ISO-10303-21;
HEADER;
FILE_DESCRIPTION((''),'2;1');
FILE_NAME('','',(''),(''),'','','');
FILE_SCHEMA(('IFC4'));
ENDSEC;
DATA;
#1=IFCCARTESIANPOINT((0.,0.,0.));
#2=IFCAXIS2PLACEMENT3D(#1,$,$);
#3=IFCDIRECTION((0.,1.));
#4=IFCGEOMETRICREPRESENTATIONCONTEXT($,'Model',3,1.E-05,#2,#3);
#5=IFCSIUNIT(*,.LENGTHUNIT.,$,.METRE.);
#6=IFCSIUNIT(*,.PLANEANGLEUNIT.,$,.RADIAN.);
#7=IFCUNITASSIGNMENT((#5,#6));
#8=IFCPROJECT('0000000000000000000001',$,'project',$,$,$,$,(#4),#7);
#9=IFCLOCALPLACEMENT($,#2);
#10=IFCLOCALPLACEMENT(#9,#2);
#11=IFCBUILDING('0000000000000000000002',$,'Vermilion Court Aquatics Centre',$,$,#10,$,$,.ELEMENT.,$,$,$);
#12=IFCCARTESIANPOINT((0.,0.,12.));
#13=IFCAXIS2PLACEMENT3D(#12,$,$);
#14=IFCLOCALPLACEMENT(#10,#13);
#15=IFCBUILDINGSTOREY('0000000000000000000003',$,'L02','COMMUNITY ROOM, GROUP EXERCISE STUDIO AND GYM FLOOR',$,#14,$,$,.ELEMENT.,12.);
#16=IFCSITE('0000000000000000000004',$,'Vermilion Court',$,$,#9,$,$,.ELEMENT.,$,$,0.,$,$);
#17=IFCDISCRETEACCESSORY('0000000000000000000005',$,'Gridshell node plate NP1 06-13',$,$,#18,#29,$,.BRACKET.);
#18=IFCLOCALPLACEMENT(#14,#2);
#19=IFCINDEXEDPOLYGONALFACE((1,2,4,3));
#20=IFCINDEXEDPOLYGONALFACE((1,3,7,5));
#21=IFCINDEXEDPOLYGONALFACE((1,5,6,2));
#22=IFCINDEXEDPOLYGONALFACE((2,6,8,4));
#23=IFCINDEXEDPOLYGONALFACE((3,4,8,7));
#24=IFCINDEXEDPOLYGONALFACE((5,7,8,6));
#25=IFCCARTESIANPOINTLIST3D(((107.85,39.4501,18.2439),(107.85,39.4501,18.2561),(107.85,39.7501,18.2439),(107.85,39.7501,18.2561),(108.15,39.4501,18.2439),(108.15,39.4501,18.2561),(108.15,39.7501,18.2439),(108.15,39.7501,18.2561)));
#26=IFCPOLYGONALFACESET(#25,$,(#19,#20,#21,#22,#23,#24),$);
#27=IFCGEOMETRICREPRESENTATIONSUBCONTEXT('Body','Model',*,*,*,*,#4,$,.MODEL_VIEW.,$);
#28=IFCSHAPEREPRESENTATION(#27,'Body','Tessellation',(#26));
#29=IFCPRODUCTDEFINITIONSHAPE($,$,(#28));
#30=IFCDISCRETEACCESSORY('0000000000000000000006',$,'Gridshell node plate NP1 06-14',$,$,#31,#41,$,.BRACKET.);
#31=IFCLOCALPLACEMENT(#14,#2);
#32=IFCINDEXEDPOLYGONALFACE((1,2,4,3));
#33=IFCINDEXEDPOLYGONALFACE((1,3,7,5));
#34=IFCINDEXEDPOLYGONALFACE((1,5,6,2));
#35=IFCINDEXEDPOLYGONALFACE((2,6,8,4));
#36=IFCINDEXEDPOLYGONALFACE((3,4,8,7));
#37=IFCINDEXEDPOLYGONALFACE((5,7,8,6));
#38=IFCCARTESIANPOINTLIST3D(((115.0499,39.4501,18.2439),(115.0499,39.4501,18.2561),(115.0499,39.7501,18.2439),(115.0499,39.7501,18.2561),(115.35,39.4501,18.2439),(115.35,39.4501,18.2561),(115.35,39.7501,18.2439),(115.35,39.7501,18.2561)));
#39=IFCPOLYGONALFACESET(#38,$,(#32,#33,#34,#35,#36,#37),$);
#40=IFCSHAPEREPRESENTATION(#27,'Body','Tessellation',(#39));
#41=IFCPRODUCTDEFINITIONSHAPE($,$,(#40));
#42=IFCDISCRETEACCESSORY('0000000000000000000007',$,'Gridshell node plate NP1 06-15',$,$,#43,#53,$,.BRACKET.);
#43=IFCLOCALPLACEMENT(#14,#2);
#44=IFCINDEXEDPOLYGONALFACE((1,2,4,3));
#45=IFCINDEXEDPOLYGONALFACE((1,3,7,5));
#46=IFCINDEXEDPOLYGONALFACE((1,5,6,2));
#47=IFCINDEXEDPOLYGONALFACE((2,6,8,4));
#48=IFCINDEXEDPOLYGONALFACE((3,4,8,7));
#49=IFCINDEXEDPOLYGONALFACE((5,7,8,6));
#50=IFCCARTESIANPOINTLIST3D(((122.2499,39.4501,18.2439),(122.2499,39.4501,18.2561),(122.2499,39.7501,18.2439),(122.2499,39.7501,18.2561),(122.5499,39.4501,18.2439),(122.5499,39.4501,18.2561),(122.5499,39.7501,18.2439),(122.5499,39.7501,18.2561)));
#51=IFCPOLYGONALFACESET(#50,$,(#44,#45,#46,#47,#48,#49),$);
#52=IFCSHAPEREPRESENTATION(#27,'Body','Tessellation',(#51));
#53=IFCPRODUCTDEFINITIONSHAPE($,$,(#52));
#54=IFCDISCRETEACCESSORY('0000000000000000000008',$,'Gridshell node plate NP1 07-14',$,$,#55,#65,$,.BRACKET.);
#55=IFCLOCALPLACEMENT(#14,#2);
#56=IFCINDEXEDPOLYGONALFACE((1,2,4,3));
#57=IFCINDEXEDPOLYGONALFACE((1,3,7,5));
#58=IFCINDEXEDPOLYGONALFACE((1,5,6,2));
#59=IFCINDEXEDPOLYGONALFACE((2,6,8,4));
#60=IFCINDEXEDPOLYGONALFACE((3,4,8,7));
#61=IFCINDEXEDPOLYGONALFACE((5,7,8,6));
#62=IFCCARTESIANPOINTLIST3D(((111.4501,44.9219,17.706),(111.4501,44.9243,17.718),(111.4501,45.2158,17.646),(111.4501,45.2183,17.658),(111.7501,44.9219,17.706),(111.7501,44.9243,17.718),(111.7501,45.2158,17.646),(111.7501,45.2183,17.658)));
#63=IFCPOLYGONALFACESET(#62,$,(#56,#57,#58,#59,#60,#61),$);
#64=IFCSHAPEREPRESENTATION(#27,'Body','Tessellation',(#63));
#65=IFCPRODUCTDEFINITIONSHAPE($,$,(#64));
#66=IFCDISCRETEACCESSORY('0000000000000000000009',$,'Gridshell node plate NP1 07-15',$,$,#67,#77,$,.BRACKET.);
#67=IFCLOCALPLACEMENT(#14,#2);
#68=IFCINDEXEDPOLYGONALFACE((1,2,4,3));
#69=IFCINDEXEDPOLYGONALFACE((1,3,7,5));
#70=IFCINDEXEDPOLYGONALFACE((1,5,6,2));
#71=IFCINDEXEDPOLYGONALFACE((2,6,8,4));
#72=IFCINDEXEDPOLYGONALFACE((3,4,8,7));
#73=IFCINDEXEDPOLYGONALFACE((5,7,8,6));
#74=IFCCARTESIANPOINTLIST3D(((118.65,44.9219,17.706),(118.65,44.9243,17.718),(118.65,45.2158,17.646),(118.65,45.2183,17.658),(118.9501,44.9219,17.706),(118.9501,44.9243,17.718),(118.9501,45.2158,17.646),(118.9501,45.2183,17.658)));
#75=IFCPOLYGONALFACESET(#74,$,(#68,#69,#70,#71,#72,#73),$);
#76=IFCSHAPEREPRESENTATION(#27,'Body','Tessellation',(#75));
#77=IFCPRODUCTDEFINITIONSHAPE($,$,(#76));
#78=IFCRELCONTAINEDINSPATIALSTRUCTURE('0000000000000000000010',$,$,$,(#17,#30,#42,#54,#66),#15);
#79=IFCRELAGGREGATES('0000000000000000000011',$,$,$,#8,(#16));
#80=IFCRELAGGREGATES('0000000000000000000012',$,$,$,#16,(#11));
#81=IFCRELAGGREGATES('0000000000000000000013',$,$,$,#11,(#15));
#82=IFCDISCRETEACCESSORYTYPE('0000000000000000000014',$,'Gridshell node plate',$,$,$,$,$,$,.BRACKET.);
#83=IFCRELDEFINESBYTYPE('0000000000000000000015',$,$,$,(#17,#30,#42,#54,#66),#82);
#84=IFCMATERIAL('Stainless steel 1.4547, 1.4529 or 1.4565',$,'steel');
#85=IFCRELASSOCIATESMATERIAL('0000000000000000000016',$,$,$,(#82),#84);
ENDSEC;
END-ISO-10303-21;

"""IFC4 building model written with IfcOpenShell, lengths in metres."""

from ifc_helpers import new_model, si_unit, direction, frame, origin, origin_2d, place, context, subcontext, project, spatial, rectangle, extrude, material, material_profile, profile_set, type_object, element, save


model = new_model("IFC4")

# Units and contexts
model_context = context("Model", 3, precision=1e-05, world=origin(), true_north=direction((0.0, 1.0)))
body_context = subcontext(model_context, "Body", "Model", "MODEL_VIEW")
ifc_project = project(units=[si_unit("LENGTHUNIT", "METRE"), si_unit("PLANEANGLEUNIT", "RADIAN")], contexts=[model_context])

# Site, building, storey
site_placement = place(None, origin())
site = spatial("IfcSite", under=ifc_project, at=site_placement, Name="Vermilion Court", CompositionType="ELEMENT", RefElevation=0.0)
building_placement = place(site_placement, origin())
building = spatial("IfcBuilding", under=site, at=building_placement, Name="Vermilion Court Aquatics Centre", CompositionType="ELEMENT")
storey_placement = place(building_placement, frame((0.0, 0.0, 12.0)))
storey = spatial("IfcBuildingStorey", under=building, at=storey_placement, Name="L02", Description="COMMUNITY ROOM, GROUP EXERCISE STUDIO AND GYM FLOOR", CompositionType="ELEMENT", Elevation=12.0)

# Discrete accessories
ifc_material_1 = material(Name="Stainless steel 1.4547, 1.4529 or 1.4565", Category="steel")
ifc_material_profile_1 = material_profile(ifc_material_1, rectangle(XDim=0.3, YDim=0.3, at=origin_2d()), Name="PL 12 x 300 x 300")
ifc_profile_set_1 = profile_set([ifc_material_profile_1], Name="Stainless steel 1.4547, 1.4529 or 1.4565")
discrete_accessory_type = type_object("IfcDiscreteAccessoryType", Name="Gridshell node plate", PredefinedType="BRACKET", material=ifc_profile_set_1)
for number, where, z_axis, x_axis, name in (
    (1, (108.0, 39.6001, 18.2439), (0.0, 0.0, 1.0), (1.0, 0.0, 0.0), "Gridshell node plate NP1 06-13"),
    (2, (115.2, 39.6001, 18.2439), (0.0, 0.0, 1.0), (1.0, 0.0, 0.0), "Gridshell node plate NP1 06-14"),
    (3, (122.3999, 39.6001, 18.2439), (0.0, 0.0, 1.0), (1.0, 0.0, 0.0), "Gridshell node plate NP1 06-15"),
    (4, (111.6001, 45.0688, 17.676), (0.0, 0.19996, 0.979804), (-1.0, 0.0, 0.0), "Gridshell node plate NP1 07-14"),
    (5, (118.8, 45.0688, 17.676), (0.0, 0.19996, 0.979804), (-1.0, 0.0, 0.0), "Gridshell node plate NP1 07-15"),
):
    element("IfcDiscreteAccessory", number, at=place(storey_placement, frame(where, z_axis=z_axis, x_axis=x_axis)), inside=storey, type_object=discrete_accessory_type, Name=name, PredefinedType="BRACKET", context=body_context, shape_type="SweptSolid", body=[
        extrude(rectangle(XDim=0.3, YDim=0.3, at=origin_2d()), origin(), (0.0, 0.0, 1.0), 0.0122),
    ])

save(model, "model.ifc")
